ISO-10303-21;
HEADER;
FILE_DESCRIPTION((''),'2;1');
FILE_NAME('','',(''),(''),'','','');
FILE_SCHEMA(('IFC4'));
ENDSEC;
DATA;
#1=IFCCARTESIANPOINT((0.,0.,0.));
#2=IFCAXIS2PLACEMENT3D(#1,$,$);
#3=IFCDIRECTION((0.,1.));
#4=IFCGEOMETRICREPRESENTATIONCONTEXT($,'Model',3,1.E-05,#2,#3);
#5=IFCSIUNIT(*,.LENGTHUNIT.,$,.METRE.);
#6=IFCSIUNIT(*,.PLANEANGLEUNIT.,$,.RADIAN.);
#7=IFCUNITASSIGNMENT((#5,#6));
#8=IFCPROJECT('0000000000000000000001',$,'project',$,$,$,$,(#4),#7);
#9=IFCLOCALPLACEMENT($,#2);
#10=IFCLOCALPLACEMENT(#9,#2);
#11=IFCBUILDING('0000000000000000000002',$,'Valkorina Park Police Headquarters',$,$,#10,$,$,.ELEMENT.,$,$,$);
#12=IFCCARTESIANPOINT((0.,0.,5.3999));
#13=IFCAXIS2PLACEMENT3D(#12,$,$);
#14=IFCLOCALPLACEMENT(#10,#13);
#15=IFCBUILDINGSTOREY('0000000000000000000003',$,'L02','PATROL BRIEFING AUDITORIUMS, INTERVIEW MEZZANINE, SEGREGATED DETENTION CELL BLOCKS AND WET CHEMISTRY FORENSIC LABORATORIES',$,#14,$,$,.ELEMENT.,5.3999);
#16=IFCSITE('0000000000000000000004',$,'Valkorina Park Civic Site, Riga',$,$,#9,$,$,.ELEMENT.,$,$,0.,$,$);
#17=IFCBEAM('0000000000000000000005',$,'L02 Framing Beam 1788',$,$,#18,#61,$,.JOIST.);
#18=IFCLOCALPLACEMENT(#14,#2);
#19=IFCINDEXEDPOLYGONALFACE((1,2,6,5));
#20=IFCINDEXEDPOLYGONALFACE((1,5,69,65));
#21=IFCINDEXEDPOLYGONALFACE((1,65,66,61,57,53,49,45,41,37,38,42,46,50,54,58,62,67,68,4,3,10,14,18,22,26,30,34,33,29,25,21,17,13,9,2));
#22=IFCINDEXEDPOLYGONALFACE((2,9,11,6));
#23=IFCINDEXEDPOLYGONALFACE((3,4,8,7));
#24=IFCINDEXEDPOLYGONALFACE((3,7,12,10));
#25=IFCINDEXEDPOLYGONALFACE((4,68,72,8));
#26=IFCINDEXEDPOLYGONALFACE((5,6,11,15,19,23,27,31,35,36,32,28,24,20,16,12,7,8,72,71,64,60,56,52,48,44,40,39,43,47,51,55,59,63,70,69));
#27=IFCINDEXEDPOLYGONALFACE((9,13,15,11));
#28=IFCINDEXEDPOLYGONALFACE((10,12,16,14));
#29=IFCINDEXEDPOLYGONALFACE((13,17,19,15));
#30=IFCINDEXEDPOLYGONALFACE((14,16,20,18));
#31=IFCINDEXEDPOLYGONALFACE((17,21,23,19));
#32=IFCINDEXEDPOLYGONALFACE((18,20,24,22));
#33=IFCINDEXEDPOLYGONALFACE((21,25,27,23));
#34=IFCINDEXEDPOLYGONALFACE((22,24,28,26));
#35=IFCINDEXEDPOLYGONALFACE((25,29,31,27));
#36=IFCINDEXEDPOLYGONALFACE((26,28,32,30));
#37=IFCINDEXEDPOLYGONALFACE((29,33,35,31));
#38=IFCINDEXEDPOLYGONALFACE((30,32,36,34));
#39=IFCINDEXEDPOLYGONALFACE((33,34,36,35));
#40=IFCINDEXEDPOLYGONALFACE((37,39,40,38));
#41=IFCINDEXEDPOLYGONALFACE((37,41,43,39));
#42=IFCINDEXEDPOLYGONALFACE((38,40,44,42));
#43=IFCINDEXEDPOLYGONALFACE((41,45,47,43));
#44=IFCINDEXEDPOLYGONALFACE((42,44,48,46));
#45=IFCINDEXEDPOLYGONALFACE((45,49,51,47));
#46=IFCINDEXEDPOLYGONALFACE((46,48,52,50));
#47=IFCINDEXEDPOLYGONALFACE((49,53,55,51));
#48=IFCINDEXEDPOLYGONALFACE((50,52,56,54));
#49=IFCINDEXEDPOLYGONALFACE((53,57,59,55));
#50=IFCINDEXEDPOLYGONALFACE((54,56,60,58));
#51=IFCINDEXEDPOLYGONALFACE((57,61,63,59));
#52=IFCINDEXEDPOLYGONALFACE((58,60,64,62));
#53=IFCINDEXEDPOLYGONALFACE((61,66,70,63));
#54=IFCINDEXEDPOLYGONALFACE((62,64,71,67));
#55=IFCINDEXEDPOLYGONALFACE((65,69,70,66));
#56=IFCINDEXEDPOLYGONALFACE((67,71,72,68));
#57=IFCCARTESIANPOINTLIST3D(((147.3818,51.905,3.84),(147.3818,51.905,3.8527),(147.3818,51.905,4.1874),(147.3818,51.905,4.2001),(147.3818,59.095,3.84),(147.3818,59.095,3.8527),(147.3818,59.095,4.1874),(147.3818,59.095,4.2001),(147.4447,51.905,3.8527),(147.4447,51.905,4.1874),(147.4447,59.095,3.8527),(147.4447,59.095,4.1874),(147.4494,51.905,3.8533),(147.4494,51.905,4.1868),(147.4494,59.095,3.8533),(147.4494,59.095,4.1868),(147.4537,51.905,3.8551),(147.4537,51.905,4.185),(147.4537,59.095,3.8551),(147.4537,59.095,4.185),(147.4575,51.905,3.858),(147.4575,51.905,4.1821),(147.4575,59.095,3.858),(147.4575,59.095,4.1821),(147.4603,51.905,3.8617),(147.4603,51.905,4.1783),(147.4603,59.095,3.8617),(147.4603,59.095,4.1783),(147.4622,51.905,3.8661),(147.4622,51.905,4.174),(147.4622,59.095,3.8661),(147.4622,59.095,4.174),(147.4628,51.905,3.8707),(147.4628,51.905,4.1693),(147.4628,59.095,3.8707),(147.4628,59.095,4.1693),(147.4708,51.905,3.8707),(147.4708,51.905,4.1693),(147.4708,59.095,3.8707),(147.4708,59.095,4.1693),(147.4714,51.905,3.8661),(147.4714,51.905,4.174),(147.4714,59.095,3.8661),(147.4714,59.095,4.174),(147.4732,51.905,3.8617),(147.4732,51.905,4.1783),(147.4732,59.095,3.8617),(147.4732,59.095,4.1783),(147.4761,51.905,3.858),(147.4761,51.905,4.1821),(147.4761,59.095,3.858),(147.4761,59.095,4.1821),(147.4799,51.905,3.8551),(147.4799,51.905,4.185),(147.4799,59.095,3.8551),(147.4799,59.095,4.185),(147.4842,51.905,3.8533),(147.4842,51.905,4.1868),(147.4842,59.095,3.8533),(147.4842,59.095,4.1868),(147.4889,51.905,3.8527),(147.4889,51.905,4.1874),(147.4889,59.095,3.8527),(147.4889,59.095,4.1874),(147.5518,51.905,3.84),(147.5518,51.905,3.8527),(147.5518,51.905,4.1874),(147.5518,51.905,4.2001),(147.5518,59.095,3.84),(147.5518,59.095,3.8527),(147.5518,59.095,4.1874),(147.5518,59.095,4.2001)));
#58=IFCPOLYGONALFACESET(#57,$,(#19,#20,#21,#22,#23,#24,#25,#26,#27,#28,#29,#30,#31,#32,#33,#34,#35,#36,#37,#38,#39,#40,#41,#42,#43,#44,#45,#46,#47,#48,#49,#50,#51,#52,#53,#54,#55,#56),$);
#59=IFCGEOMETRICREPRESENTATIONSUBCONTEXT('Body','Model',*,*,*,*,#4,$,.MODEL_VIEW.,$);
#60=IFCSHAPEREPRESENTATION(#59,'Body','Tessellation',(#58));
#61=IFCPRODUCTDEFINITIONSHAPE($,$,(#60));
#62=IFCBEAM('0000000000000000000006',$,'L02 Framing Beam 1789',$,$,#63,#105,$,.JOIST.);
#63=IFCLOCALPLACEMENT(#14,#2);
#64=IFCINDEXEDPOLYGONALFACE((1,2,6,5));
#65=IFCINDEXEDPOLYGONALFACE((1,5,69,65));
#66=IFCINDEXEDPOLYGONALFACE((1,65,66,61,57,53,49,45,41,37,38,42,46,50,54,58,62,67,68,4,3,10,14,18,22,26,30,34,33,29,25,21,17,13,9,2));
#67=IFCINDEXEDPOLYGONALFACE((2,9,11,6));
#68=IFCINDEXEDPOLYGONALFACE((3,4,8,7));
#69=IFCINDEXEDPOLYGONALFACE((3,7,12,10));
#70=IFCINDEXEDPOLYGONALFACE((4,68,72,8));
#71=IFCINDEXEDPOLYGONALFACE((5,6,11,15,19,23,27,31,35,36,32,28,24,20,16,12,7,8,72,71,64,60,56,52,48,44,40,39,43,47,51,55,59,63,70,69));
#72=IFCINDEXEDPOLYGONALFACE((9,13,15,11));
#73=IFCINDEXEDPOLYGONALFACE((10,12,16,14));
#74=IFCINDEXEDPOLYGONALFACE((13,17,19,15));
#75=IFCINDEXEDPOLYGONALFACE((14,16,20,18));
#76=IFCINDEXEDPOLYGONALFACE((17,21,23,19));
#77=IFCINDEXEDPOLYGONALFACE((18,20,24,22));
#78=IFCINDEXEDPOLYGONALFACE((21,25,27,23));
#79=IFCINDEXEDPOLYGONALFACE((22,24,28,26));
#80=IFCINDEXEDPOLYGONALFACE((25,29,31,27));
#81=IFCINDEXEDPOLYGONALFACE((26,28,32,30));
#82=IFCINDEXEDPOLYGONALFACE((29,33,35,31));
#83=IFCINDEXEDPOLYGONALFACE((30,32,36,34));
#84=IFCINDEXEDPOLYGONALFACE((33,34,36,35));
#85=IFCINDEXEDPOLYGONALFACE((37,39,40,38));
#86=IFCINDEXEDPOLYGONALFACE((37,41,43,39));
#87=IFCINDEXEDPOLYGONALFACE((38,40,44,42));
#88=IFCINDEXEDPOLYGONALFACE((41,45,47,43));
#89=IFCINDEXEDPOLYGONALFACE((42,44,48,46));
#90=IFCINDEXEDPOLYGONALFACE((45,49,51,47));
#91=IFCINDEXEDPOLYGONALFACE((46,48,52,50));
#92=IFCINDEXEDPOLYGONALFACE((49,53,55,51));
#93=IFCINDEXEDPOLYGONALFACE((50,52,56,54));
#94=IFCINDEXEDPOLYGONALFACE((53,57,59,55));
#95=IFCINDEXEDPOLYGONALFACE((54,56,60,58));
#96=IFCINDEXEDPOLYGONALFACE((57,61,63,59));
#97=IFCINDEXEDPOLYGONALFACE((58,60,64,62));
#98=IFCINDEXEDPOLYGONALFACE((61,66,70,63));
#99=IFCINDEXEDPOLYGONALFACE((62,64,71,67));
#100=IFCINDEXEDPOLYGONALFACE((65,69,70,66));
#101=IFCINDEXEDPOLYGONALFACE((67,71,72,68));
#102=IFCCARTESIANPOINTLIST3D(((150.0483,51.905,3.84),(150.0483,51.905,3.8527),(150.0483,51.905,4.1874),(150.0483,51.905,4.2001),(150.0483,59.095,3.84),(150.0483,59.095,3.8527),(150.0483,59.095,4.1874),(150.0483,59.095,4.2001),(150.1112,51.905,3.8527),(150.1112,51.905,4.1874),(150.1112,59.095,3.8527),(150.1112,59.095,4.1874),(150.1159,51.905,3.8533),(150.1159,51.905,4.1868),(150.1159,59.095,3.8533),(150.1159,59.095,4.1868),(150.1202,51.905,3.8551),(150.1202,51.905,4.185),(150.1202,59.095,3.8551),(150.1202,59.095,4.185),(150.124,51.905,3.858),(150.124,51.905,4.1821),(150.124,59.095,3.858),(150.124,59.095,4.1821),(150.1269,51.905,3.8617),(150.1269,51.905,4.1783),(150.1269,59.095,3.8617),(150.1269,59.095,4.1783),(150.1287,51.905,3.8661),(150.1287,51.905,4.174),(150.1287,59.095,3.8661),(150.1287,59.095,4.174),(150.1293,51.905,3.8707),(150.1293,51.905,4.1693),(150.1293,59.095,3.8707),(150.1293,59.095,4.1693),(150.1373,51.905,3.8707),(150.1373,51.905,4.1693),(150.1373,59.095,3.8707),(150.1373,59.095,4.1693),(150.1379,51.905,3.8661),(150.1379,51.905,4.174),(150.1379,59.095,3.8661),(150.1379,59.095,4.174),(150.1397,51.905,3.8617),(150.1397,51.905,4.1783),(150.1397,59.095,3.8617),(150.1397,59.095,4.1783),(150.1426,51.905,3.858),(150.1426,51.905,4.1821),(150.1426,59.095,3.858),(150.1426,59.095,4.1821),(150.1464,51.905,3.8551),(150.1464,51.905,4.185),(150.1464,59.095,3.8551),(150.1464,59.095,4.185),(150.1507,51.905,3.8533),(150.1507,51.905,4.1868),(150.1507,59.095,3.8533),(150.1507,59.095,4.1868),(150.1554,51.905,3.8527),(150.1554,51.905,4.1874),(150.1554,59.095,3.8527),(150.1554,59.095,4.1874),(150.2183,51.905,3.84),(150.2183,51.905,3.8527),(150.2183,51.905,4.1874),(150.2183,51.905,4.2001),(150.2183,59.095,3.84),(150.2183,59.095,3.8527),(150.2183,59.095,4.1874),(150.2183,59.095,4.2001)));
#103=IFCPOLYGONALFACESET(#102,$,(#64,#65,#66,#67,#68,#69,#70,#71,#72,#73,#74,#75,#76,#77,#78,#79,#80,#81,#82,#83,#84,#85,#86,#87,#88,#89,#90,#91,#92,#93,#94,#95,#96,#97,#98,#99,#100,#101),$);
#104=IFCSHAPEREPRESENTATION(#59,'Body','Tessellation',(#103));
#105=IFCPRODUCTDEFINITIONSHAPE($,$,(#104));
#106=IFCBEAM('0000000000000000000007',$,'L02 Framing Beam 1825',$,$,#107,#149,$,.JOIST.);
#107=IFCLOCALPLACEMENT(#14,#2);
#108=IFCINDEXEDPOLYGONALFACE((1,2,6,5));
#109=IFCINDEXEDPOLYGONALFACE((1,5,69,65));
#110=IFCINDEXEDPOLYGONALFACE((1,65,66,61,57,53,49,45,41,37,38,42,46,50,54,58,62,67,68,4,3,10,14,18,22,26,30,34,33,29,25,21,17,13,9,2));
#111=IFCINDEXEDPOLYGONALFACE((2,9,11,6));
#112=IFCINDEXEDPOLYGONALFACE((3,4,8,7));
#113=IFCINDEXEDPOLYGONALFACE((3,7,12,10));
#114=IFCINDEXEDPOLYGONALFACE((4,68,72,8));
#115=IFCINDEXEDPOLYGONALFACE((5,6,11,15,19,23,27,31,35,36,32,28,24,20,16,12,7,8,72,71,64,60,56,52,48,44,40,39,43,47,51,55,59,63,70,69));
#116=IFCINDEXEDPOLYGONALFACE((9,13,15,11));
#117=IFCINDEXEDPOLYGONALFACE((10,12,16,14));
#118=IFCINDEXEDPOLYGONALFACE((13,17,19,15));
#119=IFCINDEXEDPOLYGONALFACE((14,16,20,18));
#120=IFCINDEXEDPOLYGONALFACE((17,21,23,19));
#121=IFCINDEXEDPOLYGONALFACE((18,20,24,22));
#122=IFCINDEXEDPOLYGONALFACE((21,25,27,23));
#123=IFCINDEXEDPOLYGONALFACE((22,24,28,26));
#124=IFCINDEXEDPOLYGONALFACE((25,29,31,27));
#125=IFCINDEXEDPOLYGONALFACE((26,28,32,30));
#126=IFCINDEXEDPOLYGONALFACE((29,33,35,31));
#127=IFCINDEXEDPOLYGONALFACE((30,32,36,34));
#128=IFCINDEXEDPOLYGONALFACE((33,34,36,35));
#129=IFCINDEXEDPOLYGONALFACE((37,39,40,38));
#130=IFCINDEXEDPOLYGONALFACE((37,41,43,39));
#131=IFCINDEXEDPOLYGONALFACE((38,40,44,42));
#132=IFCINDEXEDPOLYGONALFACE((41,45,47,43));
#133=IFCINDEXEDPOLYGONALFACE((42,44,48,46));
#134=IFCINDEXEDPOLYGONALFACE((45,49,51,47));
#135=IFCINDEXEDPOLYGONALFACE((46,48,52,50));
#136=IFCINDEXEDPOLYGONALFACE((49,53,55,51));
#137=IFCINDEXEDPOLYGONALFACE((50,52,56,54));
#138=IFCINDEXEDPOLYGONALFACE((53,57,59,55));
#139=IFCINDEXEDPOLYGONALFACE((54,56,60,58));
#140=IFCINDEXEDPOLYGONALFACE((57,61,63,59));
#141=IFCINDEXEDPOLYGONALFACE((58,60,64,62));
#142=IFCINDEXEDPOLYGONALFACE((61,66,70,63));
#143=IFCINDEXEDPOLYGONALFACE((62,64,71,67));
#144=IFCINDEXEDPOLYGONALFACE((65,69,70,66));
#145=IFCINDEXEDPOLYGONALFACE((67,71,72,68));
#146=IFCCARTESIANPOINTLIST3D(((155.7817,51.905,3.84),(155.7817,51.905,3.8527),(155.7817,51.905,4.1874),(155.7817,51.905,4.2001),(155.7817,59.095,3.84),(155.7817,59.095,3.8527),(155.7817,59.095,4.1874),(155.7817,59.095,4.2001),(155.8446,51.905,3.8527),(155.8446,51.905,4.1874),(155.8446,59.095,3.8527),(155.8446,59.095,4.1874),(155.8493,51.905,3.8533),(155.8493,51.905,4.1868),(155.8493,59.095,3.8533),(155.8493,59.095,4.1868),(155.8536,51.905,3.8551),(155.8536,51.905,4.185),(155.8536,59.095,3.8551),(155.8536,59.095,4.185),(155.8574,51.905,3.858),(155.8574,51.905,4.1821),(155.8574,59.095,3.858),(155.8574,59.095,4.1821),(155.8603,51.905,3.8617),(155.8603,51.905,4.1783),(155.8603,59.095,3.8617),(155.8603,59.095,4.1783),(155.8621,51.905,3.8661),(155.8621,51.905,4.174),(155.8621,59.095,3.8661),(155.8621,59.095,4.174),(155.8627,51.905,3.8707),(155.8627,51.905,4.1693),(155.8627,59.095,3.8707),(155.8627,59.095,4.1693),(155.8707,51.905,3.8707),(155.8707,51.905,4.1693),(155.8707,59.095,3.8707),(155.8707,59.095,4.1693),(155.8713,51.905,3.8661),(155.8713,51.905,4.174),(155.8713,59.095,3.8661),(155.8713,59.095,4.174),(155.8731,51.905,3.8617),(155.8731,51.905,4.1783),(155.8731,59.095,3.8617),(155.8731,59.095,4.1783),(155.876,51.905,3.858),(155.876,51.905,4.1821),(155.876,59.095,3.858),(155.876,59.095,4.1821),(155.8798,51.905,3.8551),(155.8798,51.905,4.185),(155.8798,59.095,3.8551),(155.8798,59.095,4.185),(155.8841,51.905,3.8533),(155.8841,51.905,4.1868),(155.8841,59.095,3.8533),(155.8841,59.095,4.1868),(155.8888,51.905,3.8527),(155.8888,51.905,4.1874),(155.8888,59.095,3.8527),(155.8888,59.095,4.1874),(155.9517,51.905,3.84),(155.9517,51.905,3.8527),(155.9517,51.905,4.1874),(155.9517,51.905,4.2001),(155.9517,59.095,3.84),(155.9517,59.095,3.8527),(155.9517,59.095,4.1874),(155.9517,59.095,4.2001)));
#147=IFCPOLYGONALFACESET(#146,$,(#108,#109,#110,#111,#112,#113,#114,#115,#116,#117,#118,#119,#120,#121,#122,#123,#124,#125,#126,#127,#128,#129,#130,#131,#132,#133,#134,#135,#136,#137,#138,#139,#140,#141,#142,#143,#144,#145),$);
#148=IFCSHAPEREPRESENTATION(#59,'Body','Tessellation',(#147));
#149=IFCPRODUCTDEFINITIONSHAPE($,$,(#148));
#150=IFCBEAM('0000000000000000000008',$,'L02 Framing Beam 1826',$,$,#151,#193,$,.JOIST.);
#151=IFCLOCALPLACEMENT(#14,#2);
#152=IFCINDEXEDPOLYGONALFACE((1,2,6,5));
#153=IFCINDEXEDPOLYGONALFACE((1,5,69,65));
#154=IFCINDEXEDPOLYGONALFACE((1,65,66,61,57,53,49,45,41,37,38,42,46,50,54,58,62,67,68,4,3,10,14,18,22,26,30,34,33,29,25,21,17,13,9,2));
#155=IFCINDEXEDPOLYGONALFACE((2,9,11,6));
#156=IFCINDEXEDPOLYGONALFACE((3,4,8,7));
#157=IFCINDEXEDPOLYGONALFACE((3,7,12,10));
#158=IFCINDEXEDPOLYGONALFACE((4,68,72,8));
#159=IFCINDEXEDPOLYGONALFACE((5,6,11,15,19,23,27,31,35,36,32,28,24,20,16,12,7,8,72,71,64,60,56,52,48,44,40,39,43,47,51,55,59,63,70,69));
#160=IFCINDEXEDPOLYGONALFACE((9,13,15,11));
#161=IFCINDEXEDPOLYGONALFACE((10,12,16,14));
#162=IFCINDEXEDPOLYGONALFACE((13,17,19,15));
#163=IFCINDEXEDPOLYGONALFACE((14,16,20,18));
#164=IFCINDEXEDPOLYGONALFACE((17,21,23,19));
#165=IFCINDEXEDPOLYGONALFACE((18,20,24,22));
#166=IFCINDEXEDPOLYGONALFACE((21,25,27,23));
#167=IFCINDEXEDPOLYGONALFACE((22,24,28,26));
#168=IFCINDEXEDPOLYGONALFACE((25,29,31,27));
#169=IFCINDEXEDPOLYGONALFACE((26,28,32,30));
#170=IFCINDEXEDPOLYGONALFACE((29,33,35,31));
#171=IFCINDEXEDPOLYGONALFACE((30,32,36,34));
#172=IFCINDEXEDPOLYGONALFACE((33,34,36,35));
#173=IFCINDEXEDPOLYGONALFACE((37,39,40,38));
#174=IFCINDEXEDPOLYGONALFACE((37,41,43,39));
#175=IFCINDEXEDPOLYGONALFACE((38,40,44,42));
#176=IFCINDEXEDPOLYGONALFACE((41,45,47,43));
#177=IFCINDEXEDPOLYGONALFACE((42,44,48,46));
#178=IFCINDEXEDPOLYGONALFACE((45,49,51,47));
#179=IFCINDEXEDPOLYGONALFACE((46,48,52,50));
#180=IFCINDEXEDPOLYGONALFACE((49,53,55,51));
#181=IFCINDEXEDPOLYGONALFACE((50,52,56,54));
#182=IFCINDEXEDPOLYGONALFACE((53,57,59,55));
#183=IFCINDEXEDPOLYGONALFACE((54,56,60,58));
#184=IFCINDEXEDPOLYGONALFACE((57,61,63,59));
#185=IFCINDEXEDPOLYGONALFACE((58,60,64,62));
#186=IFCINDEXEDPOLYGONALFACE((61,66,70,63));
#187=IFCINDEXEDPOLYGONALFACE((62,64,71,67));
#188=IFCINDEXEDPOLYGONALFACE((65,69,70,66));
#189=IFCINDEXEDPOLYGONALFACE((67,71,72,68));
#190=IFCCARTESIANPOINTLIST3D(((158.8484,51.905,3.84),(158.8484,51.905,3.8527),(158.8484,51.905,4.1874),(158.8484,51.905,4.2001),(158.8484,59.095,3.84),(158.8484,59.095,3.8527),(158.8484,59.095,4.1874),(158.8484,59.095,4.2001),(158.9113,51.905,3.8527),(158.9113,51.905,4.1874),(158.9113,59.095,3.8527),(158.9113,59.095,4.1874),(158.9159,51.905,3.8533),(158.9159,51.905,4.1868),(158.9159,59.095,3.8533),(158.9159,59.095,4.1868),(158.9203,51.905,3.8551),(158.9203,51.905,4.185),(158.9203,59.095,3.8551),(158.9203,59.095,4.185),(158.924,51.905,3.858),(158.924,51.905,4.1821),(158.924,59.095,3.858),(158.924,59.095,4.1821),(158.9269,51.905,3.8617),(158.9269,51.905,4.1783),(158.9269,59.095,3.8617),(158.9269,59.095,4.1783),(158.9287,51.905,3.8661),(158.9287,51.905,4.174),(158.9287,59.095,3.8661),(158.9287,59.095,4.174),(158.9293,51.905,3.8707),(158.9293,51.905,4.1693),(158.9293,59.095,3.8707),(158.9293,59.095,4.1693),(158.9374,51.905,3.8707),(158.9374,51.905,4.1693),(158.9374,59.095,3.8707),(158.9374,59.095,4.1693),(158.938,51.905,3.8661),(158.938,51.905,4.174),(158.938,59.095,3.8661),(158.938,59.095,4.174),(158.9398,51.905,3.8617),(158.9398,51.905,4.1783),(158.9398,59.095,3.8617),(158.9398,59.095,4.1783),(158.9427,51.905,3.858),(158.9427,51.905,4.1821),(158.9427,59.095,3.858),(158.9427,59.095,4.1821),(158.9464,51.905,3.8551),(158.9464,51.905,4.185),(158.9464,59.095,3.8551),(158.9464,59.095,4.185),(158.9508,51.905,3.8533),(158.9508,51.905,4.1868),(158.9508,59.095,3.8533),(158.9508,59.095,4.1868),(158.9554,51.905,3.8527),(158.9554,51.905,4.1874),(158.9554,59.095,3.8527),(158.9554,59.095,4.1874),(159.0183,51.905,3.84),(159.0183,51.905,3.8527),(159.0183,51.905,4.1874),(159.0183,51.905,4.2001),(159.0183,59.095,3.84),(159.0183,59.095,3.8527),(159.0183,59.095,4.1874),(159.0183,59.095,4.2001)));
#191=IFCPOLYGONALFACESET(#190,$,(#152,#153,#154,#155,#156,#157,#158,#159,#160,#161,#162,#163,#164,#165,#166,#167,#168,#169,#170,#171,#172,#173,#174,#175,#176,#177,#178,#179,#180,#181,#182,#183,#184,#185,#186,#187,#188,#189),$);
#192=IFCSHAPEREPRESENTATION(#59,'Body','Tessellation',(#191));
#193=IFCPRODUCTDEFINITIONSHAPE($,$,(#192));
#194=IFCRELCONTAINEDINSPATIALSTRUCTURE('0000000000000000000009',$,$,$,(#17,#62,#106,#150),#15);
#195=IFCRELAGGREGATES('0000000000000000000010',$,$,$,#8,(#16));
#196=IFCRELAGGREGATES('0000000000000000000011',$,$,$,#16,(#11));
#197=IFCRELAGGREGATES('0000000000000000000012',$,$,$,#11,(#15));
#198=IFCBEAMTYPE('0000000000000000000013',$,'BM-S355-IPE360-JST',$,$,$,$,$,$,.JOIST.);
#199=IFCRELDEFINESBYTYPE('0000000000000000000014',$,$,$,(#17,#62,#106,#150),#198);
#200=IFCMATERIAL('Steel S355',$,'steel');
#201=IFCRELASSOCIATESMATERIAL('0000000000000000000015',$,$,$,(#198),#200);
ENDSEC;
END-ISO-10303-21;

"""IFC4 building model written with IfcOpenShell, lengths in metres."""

from ifc_helpers import new_model, si_unit, direction, frame, origin, origin_2d, place, context, subcontext, project, spatial, i_section, extrude, material, material_profile, profile_set, type_object, element, save


model = new_model("IFC4")

# Units and contexts
model_context = context("Model", 3, precision=1e-05, world=origin(), true_north=direction((0.0, 1.0)))
body_context = subcontext(model_context, "Body", "Model", "MODEL_VIEW")
ifc_project = project(units=[si_unit("LENGTHUNIT", "METRE"), si_unit("PLANEANGLEUNIT", "RADIAN")], contexts=[model_context])

# Site, building, storey
site_placement = place(None, origin())
site = spatial("IfcSite", under=ifc_project, at=site_placement, Name="Valkorina Park Civic Site, Riga", CompositionType="ELEMENT", RefElevation=0.0)
building_placement = place(site_placement, origin())
building = spatial("IfcBuilding", under=site, at=building_placement, Name="Valkorina Park Police Headquarters", CompositionType="ELEMENT")
storey_placement = place(building_placement, frame((0.0, 0.0, 5.3999)))
storey = spatial("IfcBuildingStorey", under=building, at=storey_placement, Name="L02", Description="PATROL BRIEFING AUDITORIUMS, INTERVIEW MEZZANINE, SEGREGATED DETENTION CELL BLOCKS AND WET CHEMISTRY FORENSIC LABORATORIES", CompositionType="ELEMENT", Elevation=5.3999)

# Shared definitions
ifc_material_1 = material(Name="Steel S355", Category="steel")

# Beams
ifc_material_profile_1 = material_profile(ifc_material_1, i_section(OverallWidth=0.1699, OverallDepth=0.3601, WebThickness=0.0081, FlangeThickness=0.0127, FilletRadius=0.0181, at=origin_2d()), Name="IPE 360")
ifc_profile_set_1 = profile_set([ifc_material_profile_1], Name="Steel S355")
beam_type_1 = type_object("IfcBeamType", Name="BM-S355-IPE360-JST", PredefinedType="JOIST", material=ifc_profile_set_1)
for number, where, z_axis, x_axis, name in (
    (1, (147.4668, 51.905, 4.02), (0.0, 1.0, 0.0), (-1.0, 0.0, 0.0), "L02 Framing Beam 1788"),
    (2, (150.1333, 51.905, 4.02), (0.0, 1.0, 0.0), (-1.0, 0.0, 0.0), "L02 Framing Beam 1789"),
    (3, (155.8667, 51.905, 4.02), (0.0, 1.0, 0.0), (-1.0, 0.0, 0.0), "L02 Framing Beam 1825"),
    (4, (158.9333, 51.905, 4.02), (0.0, 1.0, 0.0), (-1.0, 0.0, 0.0), "L02 Framing Beam 1826"),
):
    element("IfcBeam", number, at=place(storey_placement, frame(where, z_axis=z_axis, x_axis=x_axis)), inside=storey, type_object=beam_type_1, Name=name, PredefinedType="JOIST", context=body_context, shape_type="SweptSolid", body=[
        extrude(i_section(OverallWidth=0.1699, OverallDepth=0.3601, WebThickness=0.0081, FlangeThickness=0.0127, FilletRadius=0.0181, at=origin_2d()), origin(), (0.0, 0.0, 1.0), 7.1899),
    ])

save(model, "model.ifc")
